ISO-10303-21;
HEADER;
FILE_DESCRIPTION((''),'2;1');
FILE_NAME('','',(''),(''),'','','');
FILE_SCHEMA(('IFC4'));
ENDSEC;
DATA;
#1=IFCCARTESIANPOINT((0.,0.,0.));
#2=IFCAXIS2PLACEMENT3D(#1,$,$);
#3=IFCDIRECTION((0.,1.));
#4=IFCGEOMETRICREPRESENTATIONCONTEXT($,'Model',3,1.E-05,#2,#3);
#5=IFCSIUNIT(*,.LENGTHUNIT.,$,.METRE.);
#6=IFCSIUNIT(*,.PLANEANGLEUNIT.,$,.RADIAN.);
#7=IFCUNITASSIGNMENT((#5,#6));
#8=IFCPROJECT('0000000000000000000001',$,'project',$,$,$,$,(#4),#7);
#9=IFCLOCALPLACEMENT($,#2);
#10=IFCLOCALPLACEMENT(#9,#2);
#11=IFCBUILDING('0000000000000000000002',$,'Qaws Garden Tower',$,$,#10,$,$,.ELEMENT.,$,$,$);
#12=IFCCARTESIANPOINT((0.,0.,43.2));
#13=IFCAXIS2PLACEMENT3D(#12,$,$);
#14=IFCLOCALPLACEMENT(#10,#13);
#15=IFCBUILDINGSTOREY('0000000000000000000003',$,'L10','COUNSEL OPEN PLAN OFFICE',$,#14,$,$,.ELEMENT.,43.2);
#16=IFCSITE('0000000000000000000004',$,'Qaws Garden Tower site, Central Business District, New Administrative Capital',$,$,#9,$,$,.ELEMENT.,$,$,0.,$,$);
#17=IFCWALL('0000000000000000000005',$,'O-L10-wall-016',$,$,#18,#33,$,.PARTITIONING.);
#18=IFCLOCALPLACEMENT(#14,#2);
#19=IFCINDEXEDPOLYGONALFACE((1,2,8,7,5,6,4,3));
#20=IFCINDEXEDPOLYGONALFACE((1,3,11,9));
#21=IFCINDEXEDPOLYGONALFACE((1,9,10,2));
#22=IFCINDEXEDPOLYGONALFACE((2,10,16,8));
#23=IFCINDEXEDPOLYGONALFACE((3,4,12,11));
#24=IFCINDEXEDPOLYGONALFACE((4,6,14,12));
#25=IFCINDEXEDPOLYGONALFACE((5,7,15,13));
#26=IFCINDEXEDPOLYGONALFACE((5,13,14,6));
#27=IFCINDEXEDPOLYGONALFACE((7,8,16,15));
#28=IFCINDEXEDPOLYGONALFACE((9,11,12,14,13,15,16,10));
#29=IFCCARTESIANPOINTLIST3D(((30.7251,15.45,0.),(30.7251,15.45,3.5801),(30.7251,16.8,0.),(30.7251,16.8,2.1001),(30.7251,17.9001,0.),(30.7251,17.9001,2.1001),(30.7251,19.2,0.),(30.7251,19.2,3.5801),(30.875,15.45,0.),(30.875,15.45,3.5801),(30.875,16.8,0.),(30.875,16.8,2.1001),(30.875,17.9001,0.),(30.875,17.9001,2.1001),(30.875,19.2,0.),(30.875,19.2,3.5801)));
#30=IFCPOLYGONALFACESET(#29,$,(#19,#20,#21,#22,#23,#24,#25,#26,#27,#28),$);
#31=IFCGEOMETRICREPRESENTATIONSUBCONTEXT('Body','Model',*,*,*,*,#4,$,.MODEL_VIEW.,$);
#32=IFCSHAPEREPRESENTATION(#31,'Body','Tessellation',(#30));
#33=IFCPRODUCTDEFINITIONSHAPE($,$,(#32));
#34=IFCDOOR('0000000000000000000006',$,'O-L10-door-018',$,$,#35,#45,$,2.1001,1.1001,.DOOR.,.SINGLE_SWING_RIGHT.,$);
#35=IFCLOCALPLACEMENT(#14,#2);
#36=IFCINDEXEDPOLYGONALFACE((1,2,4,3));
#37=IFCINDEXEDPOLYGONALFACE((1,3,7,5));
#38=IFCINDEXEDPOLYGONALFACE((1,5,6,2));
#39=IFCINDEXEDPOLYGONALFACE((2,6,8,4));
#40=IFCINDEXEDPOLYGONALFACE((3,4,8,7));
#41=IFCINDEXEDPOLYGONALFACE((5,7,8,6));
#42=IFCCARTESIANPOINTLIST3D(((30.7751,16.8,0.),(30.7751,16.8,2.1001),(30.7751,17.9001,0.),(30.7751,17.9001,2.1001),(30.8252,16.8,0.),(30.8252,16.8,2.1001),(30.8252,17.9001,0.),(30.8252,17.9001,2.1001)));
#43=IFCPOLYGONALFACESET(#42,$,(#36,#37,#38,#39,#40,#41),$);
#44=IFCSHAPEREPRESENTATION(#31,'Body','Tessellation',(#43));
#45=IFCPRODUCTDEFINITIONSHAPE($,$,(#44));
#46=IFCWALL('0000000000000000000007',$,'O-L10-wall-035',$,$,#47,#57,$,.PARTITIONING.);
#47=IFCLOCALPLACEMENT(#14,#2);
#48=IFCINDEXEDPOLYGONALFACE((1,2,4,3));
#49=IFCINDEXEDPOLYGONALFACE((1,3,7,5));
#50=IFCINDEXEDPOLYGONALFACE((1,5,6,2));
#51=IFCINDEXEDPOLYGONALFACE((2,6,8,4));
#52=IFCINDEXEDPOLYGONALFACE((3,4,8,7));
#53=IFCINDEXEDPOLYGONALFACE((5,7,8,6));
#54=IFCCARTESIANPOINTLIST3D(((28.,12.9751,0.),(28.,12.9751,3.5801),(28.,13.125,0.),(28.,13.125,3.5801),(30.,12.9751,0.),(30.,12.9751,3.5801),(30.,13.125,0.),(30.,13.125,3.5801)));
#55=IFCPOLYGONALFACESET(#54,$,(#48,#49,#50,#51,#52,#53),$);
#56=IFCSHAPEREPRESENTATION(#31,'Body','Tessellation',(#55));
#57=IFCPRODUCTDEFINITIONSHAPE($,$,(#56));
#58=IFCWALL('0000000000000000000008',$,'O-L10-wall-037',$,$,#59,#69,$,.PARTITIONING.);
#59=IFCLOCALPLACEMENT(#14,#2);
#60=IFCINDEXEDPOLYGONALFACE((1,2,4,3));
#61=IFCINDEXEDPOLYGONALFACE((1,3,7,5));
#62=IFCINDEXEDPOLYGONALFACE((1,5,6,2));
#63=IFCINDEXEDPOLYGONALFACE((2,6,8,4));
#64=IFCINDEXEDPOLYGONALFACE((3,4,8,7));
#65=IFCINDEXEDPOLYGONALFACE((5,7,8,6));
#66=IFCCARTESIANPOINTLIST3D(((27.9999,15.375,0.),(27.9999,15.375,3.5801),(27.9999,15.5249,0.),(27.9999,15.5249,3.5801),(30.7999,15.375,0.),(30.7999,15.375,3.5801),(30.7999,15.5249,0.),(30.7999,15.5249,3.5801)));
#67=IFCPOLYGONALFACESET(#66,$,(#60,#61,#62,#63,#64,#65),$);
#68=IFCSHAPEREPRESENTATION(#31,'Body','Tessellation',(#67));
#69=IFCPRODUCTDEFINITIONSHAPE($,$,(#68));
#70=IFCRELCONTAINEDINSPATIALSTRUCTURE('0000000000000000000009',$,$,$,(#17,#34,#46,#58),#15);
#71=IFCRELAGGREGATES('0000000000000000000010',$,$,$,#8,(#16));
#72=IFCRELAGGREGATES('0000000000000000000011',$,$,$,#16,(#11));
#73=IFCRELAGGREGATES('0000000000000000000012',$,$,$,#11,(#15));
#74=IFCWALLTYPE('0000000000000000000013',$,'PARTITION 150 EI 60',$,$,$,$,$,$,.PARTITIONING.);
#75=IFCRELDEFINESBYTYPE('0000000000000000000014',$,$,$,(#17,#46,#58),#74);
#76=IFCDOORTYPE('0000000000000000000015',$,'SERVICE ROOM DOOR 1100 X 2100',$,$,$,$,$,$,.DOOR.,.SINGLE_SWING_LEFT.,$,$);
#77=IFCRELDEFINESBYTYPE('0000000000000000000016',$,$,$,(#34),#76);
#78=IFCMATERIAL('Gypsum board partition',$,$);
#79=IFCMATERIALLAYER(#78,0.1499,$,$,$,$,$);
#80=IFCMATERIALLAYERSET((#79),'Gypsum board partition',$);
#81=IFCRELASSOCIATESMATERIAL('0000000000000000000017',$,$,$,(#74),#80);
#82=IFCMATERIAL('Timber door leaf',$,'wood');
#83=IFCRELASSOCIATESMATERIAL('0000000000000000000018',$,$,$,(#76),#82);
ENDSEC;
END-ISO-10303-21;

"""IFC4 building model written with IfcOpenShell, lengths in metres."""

from ifc_helpers import new_model, si_unit, direction, frame, frame_2d, origin, place, context, subcontext, project, spatial, rectangle, extrude, material, layer, layer_set, type_object, element, fill, save


model = new_model("IFC4")

# Units and contexts
model_context = context("Model", 3, precision=1e-05, world=origin(), true_north=direction((0.0, 1.0)))
body_context = subcontext(model_context, "Body", "Model", "MODEL_VIEW")
ifc_project = project(units=[si_unit("LENGTHUNIT", "METRE"), si_unit("PLANEANGLEUNIT", "RADIAN")], contexts=[model_context])

# Site, building, storey
site_placement = place(None, origin())
site = spatial("IfcSite", under=ifc_project, at=site_placement, Name="Qaws Garden Tower site, Central Business District, New Administrative Capital", CompositionType="ELEMENT", RefElevation=0.0)
building_placement = place(site_placement, origin())
building = spatial("IfcBuilding", under=site, at=building_placement, Name="Qaws Garden Tower", CompositionType="ELEMENT")
storey_placement = place(building_placement, frame((0.0, 0.0, 43.2)))
storey = spatial("IfcBuildingStorey", under=building, at=storey_placement, Name="L10", Description="COUNSEL OPEN PLAN OFFICE", CompositionType="ELEMENT", Elevation=43.2)

# Wall, opening, door
ifc_material_1 = material(Name="Gypsum board partition")
ifc_layer_1 = layer(ifc_material_1, 0.1499)
ifc_layer_set_1 = layer_set([ifc_layer_1], Name="Gypsum board partition")
wall_type_1 = type_object("IfcWallType", Name="PARTITION 150 EI 60", PredefinedType="PARTITIONING", material=ifc_layer_set_1)
wall_1_placement = place(storey_placement, frame((30.8, 15.45, 0.0), z_axis=(0.0, 0.0, 1.0), x_axis=(0.0, 1.0, 0.0)))
wall_1 = element("IfcWall", 1, at=wall_1_placement, inside=storey, type_object=wall_type_1, Name="O-L10-wall-016", PredefinedType="PARTITIONING", context=body_context, shape_type="SweptSolid", body=[
    extrude(rectangle(XDim=3.75, YDim=0.1499, at=frame_2d((1.875, 0.0))), origin(), (0.0, 0.0, 1.0), 3.5801),
])
opening_1_placement = place(wall_1_placement, frame((1.3501, 0.0, 0.0)))
opening_1 = element("IfcOpeningElement", 2, at=opening_1_placement, cuts=wall_1, PredefinedType="OPENING", context=body_context, shape_type="SweptSolid", body=[
    extrude(rectangle(XDim=1.1001, YDim=2.1001, at=frame_2d((0.55, 1.05))), frame((0.0, 0.085, 0.0), z_axis=(0.0, -1.0, 0.0), x_axis=(1.0, 0.0, 0.0)), (0.0, 0.0, 1.0), 0.1699),
])
ifc_material_2 = material(Name="Timber door leaf", Category="wood")
door_type_1 = type_object("IfcDoorType", Name="SERVICE ROOM DOOR 1100 X 2100", OperationType="SINGLE_SWING_LEFT", PredefinedType="DOOR", material=ifc_material_2)
door_1_placement = place(opening_1_placement, origin())
door_1 = element("IfcDoor", 3, at=door_1_placement, inside=storey, type_object=door_type_1, Name="O-L10-door-018", OperationType="SINGLE_SWING_RIGHT", OverallHeight=2.1001, OverallWidth=1.1001, PredefinedType="DOOR", context=body_context, shape_type="SweptSolid", body=[
    extrude(rectangle(XDim=1.1001, YDim=2.1001, at=frame_2d((0.55, 1.05))), frame((0.0, 0.0249, 0.0), z_axis=(0.0, -1.0, 0.0), x_axis=(1.0, 0.0, 0.0)), (0.0, 0.0, 1.0), 0.05),
])
fill(opening_1, door_1)

# Walls
wall_2_placement = place(storey_placement, frame((28.0, 13.05, 0.0), z_axis=(0.0, 0.0, 1.0), x_axis=(1.0, 0.0, 0.0)))
element("IfcWall", 4, at=wall_2_placement, inside=storey, type_object=wall_type_1, Name="O-L10-wall-035", PredefinedType="PARTITIONING", context=body_context, shape_type="SweptSolid", body=[
    extrude(rectangle(XDim=2.0, YDim=0.1499, at=frame_2d((1.0, 0.0))), origin(), (0.0, 0.0, 1.0), 3.5801),
])
wall_3_placement = place(storey_placement, frame((28.0, 15.45, 0.0), z_axis=(0.0, 0.0, 1.0), x_axis=(1.0, 0.0, 0.0)))
element("IfcWall", 5, at=wall_3_placement, inside=storey, type_object=wall_type_1, Name="O-L10-wall-037", PredefinedType="PARTITIONING", context=body_context, shape_type="SweptSolid", body=[
    extrude(rectangle(XDim=2.8, YDim=0.1499, at=frame_2d((1.3999, 0.0))), origin(), (0.0, 0.0, 1.0), 3.5801),
])

save(model, "model.ifc")
